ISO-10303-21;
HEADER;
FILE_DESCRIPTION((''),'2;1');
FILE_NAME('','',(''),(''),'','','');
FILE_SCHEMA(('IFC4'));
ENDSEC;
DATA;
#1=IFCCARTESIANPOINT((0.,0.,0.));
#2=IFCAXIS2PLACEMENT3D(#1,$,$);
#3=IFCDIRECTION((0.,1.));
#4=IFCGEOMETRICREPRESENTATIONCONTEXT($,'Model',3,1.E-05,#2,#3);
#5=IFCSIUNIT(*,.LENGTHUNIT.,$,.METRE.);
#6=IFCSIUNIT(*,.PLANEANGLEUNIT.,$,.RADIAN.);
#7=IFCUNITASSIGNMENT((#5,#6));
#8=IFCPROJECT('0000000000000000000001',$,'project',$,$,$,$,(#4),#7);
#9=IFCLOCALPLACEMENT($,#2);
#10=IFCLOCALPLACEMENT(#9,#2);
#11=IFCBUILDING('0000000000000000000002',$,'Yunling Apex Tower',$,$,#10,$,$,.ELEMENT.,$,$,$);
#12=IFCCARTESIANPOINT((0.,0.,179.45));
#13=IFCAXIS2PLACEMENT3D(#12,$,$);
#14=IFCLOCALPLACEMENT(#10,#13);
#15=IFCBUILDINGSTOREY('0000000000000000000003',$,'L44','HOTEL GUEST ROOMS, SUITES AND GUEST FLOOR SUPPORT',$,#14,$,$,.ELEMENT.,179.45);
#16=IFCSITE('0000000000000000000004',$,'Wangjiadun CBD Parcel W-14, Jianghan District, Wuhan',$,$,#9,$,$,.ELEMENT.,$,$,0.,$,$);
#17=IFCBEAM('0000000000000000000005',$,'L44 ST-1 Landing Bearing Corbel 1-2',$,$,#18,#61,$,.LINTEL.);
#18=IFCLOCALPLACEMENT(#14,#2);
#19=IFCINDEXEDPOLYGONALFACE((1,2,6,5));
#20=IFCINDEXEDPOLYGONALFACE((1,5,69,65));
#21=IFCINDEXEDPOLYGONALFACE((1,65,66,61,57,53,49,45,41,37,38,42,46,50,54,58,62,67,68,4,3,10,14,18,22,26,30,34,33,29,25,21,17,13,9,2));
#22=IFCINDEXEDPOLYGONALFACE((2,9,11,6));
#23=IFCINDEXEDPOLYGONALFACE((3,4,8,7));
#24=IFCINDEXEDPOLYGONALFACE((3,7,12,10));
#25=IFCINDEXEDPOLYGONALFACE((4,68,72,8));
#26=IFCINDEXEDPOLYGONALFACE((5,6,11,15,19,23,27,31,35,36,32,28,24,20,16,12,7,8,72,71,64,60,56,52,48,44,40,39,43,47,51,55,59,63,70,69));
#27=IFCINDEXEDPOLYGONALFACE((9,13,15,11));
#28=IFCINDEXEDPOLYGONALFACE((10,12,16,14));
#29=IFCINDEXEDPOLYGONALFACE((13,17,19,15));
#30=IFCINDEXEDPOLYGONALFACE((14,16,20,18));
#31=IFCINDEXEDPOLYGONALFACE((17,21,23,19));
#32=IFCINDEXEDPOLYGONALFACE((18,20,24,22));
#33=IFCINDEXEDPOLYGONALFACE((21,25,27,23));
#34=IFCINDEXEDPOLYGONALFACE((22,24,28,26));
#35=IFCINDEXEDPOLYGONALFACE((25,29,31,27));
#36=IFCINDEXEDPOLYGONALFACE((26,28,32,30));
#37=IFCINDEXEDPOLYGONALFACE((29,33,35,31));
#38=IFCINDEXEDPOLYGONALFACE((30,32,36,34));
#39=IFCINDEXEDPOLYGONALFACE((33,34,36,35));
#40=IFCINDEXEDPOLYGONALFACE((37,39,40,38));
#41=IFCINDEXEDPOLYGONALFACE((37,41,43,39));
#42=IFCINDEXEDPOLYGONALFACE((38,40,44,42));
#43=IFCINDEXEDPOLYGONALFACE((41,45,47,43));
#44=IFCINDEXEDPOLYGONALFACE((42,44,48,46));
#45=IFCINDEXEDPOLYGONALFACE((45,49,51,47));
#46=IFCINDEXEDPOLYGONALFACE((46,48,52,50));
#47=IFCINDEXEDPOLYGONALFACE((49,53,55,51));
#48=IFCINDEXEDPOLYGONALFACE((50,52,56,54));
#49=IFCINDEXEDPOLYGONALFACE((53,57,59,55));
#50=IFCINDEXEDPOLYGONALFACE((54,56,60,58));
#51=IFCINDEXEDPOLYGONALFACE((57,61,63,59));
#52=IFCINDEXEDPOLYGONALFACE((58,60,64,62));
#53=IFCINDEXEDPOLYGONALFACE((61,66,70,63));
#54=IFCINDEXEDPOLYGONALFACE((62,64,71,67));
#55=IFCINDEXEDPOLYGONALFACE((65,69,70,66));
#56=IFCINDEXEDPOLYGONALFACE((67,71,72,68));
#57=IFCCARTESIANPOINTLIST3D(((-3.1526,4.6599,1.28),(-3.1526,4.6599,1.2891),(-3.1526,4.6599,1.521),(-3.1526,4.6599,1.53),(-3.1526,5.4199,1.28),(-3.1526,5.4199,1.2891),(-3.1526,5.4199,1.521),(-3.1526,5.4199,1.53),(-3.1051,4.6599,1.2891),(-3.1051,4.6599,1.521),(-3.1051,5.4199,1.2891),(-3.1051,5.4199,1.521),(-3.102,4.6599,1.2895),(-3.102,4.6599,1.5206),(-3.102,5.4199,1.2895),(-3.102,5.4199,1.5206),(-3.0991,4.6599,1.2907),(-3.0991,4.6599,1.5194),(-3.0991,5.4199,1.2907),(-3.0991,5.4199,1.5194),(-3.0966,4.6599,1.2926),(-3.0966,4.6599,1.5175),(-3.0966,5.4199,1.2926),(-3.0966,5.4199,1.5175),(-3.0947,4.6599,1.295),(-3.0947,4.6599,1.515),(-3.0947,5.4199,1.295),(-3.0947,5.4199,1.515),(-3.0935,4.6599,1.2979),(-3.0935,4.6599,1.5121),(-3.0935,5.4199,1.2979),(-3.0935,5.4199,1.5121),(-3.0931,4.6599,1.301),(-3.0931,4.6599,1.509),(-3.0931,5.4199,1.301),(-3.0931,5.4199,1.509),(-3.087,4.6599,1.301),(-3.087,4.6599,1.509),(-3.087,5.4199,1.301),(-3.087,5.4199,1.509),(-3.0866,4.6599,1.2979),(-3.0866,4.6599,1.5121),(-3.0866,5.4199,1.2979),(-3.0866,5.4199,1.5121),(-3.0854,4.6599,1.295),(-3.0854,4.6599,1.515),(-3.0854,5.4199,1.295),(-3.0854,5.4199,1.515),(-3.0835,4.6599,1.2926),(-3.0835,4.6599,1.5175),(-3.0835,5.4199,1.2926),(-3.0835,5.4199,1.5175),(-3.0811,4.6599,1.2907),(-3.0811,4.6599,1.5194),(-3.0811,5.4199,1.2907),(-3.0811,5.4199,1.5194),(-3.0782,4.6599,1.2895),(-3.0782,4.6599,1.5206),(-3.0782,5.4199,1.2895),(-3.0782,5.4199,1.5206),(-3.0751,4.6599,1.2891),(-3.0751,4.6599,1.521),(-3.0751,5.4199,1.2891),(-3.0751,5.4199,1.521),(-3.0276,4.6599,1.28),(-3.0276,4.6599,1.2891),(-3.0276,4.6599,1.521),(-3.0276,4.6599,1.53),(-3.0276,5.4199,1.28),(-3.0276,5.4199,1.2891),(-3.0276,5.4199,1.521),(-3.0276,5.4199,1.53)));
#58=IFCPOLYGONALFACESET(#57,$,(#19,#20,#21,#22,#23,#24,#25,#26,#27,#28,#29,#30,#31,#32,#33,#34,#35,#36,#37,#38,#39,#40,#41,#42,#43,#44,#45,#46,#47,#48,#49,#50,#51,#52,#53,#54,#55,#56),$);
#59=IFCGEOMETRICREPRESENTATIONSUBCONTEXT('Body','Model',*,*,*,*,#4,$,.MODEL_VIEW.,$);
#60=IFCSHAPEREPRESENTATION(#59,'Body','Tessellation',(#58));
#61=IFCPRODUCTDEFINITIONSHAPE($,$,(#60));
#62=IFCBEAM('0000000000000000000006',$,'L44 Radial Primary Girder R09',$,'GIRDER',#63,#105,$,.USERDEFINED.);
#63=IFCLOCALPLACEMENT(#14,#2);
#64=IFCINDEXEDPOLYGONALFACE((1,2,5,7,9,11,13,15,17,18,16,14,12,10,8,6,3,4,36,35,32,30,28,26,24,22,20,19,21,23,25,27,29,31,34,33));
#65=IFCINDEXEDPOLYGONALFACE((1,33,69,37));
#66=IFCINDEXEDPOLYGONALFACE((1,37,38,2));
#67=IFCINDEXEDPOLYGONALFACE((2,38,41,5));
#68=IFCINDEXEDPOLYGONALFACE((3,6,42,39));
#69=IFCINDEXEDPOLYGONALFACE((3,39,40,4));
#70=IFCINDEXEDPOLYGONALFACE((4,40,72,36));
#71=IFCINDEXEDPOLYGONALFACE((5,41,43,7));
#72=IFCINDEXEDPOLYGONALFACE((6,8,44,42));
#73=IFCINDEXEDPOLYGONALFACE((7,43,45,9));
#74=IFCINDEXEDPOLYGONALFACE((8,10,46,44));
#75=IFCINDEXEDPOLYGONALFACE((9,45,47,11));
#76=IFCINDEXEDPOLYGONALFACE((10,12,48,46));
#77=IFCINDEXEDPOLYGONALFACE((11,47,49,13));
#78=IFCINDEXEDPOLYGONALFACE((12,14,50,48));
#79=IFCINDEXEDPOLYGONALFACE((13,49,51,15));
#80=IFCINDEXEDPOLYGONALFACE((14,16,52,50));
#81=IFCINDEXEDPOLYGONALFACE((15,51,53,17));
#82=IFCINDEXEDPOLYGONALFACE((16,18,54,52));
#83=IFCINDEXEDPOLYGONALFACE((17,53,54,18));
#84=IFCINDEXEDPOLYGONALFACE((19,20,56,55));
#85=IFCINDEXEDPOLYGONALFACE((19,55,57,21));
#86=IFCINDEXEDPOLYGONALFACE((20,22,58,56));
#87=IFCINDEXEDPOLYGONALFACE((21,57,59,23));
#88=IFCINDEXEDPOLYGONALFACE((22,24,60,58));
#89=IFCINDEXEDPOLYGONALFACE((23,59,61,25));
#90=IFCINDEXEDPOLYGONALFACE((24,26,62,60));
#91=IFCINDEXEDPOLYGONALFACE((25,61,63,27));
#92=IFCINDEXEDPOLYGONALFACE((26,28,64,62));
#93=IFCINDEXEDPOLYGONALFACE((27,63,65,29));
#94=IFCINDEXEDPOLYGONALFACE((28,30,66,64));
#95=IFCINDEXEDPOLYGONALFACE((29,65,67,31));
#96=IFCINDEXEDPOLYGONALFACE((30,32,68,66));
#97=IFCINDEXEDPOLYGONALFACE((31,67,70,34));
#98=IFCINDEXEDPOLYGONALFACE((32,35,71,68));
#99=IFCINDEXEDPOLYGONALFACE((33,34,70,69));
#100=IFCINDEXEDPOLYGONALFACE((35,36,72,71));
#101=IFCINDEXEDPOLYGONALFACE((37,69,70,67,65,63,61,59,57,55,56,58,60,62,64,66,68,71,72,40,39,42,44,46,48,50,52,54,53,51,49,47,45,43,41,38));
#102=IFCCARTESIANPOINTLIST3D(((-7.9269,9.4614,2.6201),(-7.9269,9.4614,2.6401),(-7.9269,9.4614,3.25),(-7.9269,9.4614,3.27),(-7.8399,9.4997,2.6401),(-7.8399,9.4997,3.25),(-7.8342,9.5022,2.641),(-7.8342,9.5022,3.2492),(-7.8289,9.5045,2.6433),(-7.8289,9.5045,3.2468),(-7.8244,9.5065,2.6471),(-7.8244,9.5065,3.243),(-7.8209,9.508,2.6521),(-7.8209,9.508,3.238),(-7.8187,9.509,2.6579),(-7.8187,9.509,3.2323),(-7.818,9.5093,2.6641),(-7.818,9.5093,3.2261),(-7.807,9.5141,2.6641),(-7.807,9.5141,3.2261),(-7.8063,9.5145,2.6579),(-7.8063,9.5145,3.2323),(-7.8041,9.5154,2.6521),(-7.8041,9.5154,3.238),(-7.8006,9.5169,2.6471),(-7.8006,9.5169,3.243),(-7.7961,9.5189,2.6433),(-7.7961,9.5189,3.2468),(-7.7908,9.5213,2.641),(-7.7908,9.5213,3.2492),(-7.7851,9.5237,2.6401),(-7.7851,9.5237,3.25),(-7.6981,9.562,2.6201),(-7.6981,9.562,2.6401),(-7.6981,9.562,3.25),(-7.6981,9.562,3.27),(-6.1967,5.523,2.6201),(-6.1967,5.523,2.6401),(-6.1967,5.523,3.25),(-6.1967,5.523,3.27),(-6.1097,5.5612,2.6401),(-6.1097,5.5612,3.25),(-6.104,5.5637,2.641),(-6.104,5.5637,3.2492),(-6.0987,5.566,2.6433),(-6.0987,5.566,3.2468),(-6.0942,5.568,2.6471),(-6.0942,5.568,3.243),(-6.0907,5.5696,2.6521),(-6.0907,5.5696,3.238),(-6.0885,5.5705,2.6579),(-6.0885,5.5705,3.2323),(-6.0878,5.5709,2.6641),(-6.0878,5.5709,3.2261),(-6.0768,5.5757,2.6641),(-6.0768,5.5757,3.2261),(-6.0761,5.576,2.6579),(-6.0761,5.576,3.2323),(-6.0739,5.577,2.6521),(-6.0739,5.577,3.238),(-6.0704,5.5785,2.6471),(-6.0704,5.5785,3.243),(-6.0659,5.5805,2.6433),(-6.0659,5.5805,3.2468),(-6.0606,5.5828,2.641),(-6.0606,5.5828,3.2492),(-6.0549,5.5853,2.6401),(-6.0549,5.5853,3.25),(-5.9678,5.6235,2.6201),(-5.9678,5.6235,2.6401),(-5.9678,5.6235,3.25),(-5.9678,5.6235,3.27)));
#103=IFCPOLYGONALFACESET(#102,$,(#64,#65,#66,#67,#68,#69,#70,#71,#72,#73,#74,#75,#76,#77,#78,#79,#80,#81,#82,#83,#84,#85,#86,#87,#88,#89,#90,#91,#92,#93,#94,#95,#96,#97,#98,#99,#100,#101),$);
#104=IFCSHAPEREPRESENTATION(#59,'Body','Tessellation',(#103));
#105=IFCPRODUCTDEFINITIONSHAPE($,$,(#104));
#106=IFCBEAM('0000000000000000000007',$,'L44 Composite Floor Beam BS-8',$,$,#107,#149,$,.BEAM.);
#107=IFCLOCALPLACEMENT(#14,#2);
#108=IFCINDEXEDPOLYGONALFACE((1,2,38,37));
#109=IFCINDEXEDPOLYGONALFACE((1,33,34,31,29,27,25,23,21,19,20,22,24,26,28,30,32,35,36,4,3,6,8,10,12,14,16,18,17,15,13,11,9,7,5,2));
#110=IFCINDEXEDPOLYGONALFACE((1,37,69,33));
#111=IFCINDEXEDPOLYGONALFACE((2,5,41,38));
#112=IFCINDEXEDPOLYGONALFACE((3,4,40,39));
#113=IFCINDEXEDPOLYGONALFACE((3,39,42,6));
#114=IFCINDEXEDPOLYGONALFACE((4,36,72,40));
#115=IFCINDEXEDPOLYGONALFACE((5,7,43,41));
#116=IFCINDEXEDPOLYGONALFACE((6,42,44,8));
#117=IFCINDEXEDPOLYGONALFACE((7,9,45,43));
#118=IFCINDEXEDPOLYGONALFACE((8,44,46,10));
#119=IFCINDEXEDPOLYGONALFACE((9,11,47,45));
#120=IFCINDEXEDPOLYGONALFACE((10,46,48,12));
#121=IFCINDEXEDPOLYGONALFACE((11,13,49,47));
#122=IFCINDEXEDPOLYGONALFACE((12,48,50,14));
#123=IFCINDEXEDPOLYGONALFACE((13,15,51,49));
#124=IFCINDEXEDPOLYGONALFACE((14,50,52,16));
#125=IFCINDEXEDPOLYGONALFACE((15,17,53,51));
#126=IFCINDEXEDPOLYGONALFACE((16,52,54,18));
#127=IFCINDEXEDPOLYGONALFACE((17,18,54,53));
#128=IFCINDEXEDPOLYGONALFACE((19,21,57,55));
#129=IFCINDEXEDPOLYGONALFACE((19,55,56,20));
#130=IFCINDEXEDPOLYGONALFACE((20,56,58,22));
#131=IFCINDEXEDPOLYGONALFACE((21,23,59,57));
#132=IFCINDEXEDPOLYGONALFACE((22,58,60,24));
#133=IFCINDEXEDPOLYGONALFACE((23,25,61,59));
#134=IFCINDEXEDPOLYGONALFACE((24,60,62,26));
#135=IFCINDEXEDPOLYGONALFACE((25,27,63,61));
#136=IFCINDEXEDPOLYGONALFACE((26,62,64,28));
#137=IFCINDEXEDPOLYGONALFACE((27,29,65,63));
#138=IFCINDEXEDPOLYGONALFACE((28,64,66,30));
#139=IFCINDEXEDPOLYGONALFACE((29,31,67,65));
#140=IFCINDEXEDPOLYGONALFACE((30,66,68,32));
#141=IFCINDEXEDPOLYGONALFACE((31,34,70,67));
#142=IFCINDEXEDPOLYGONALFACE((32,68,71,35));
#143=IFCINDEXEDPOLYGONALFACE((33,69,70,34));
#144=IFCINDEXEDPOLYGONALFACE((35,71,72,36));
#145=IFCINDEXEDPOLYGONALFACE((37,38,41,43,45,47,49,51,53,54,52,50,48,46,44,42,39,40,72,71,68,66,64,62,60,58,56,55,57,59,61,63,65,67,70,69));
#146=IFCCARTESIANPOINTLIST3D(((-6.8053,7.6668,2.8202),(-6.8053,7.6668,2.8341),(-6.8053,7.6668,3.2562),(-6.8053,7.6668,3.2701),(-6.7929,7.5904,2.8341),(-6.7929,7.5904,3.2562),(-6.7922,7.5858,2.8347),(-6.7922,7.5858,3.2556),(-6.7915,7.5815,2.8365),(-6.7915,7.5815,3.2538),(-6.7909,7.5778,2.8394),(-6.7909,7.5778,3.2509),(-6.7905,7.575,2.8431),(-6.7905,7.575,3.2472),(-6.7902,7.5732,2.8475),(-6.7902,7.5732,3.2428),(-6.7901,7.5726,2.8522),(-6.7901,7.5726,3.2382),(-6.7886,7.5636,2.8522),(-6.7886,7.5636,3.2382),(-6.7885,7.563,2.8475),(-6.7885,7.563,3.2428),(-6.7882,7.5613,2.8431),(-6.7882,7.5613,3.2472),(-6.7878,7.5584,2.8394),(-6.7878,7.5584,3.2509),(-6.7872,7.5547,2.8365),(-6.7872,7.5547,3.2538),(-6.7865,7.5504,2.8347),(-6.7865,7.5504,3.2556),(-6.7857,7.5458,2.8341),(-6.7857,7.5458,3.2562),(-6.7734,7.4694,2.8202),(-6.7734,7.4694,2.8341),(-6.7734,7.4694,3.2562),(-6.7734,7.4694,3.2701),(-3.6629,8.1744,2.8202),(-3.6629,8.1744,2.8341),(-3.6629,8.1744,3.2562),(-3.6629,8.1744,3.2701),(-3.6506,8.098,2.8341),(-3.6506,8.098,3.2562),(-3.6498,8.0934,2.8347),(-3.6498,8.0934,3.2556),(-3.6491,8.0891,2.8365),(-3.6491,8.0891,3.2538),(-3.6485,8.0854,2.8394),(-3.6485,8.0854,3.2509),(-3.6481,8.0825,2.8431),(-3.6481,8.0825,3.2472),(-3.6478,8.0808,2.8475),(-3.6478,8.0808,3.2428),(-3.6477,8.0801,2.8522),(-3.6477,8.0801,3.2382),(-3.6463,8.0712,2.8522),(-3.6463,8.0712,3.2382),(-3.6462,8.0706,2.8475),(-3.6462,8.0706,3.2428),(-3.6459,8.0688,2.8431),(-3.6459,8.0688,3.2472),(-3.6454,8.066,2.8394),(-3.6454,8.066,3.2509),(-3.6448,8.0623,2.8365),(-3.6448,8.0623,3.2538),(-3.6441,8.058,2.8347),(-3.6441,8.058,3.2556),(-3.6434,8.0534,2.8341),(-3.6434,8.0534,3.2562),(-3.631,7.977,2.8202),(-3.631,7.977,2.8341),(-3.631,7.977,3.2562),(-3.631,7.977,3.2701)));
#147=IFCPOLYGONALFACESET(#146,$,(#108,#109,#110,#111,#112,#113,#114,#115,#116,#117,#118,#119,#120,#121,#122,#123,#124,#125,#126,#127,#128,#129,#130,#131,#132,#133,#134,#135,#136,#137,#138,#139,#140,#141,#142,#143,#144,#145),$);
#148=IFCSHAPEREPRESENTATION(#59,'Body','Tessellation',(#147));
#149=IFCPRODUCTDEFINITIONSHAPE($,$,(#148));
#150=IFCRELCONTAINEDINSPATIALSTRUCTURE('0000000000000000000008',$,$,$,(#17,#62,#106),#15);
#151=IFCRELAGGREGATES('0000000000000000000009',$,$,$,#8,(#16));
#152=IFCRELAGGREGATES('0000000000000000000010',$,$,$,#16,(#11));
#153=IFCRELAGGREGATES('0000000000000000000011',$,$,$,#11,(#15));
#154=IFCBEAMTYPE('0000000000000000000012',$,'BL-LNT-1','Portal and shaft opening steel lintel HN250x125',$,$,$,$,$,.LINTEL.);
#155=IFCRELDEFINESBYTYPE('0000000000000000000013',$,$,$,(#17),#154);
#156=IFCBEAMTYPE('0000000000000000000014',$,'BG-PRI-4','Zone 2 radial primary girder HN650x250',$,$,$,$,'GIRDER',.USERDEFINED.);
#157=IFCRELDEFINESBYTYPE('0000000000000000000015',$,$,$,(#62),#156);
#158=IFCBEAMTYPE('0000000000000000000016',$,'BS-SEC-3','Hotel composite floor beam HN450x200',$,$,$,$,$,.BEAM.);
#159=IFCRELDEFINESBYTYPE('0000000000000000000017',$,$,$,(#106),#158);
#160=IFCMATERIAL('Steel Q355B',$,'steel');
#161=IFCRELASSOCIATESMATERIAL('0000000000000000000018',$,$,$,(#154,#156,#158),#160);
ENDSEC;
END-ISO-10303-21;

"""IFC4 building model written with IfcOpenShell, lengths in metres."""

from ifc_helpers import new_model, si_unit, direction, frame, origin, origin_2d, place, context, subcontext, project, spatial, i_section, extrude, source, transform, mapped, material, material_profile, profile_set, type_object, element, save


model = new_model("IFC4")

# Units and contexts
model_context = context("Model", 3, precision=1e-05, world=origin(), true_north=direction((0.0, 1.0)))
body_context = subcontext(model_context, "Body", "Model", "MODEL_VIEW")
ifc_project = project(units=[si_unit("LENGTHUNIT", "METRE"), si_unit("PLANEANGLEUNIT", "RADIAN")], contexts=[model_context])

# Site, building, storey
site_placement = place(None, origin())
site = spatial("IfcSite", under=ifc_project, at=site_placement, Name="Wangjiadun CBD Parcel W-14, Jianghan District, Wuhan", CompositionType="ELEMENT", RefElevation=0.0)
building_placement = place(site_placement, origin())
building = spatial("IfcBuilding", under=site, at=building_placement, Name="Yunling Apex Tower", CompositionType="ELEMENT")
storey_placement = place(building_placement, frame((0.0, 0.0, 179.45)))
storey = spatial("IfcBuildingStorey", under=building, at=storey_placement, Name="L44", Description="HOTEL GUEST ROOMS, SUITES AND GUEST FLOOR SUPPORT", CompositionType="ELEMENT", Elevation=179.45)

# Beams
ifc_material_1 = material(Name="Steel Q355B", Category="steel")
ifc_material_profile_1 = material_profile(ifc_material_1, i_section(OverallWidth=0.125, OverallDepth=0.25, WebThickness=0.0061, FlangeThickness=0.009, FilletRadius=0.012, at=origin_2d()))
ifc_profile_set_1 = profile_set([ifc_material_profile_1], Name="Steel Q355B")
beam_type_1 = type_object("IfcBeamType", Name="BL-LNT-1", Description="Portal and shaft opening steel lintel HN250x125", PredefinedType="LINTEL", material=ifc_profile_set_1)
shared_shape_1 = source(origin(), body_context, "Body", "SweptSolid", [
    extrude(i_section(OverallWidth=0.125, OverallDepth=0.25, WebThickness=0.0061, FlangeThickness=0.009, FilletRadius=0.012, at=origin_2d()), origin(), (0.0, 0.0, 1.0), 0.76),
])
for number, where, z_axis, x_axis, name in (
    (1, (-3.0901, 5.4199, 1.405), (0.0, -1.0, 0.0), (1.0, 0.0, 0.0), "L44 ST-1 Landing Bearing Corbel 1-2"),
):
    element("IfcBeam", number, at=place(storey_placement, frame(where, z_axis=z_axis, x_axis=x_axis)), inside=storey, type_object=beam_type_1, Name=name, PredefinedType="LINTEL", context=body_context, shape_type="MappedRepresentation", body=[
        mapped(shared_shape_1, transform((0.0, 0.0, 0.0), scale=1.0)),
    ])
ifc_material_profile_2 = material_profile(ifc_material_1, i_section(OverallWidth=0.25, OverallDepth=0.6499, WebThickness=0.012, FlangeThickness=0.02, FilletRadius=0.0239, at=origin_2d()))
ifc_profile_set_2 = profile_set([ifc_material_profile_2], Name="Steel Q355B")
beam_type_2 = type_object("IfcBeamType", Name="BG-PRI-4", Description="Zone 2 radial primary girder HN650x250", ElementType="GIRDER", PredefinedType="USERDEFINED", material=ifc_profile_set_2)
shared_shape_2 = source(origin(), body_context, "Body", "SweptSolid", [
    extrude(i_section(OverallWidth=0.25, OverallDepth=0.6499, WebThickness=0.012, FlangeThickness=0.02, FilletRadius=0.0239, at=origin_2d()), origin(), (0.0, 0.0, 1.0), 4.3018),
])
beam_1_placement = place(storey_placement, frame((-7.8125, 9.5117, 2.9451), z_axis=(0.402212, -0.915547, 0.0), x_axis=(0.915547, 0.402212, 0.0)))
element("IfcBeam", 2, at=beam_1_placement, inside=storey, type_object=beam_type_2, Name="L44 Radial Primary Girder R09", ObjectType="GIRDER", PredefinedType="USERDEFINED", context=body_context, shape_type="MappedRepresentation", body=[
    mapped(shared_shape_2, transform((0.0, 0.0, 0.0), scale=1.0)),
])
ifc_material_profile_3 = material_profile(ifc_material_1, i_section(OverallWidth=0.2, OverallDepth=0.45, WebThickness=0.009, FlangeThickness=0.0139, FilletRadius=0.0181, at=origin_2d()))
ifc_profile_set_3 = profile_set([ifc_material_profile_3], Name="Steel Q355B")
beam_type_3 = type_object("IfcBeamType", Name="BS-SEC-3", Description="Hotel composite floor beam HN450x200", PredefinedType="BEAM", material=ifc_profile_set_3)
shared_shape_3 = source(origin(), body_context, "Body", "SweptSolid", [
    extrude(i_section(OverallWidth=0.2, OverallDepth=0.45, WebThickness=0.009, FlangeThickness=0.0139, FilletRadius=0.0181, at=origin_2d()), origin(), (0.0, 0.0, 1.0), 3.1831),
])
beam_2_placement = place(storey_placement, frame((-3.647, 8.0757, 3.0452), z_axis=(-0.987205, -0.159459, 0.0), x_axis=(0.159459, -0.987205, 0.0)))
element("IfcBeam", 3, at=beam_2_placement, inside=storey, type_object=beam_type_3, Name="L44 Composite Floor Beam BS-8", PredefinedType="BEAM", context=body_context, shape_type="MappedRepresentation", body=[
    mapped(shared_shape_3, transform((0.0, 0.0, 0.0), scale=1.0)),
])

save(model, "model.ifc")
